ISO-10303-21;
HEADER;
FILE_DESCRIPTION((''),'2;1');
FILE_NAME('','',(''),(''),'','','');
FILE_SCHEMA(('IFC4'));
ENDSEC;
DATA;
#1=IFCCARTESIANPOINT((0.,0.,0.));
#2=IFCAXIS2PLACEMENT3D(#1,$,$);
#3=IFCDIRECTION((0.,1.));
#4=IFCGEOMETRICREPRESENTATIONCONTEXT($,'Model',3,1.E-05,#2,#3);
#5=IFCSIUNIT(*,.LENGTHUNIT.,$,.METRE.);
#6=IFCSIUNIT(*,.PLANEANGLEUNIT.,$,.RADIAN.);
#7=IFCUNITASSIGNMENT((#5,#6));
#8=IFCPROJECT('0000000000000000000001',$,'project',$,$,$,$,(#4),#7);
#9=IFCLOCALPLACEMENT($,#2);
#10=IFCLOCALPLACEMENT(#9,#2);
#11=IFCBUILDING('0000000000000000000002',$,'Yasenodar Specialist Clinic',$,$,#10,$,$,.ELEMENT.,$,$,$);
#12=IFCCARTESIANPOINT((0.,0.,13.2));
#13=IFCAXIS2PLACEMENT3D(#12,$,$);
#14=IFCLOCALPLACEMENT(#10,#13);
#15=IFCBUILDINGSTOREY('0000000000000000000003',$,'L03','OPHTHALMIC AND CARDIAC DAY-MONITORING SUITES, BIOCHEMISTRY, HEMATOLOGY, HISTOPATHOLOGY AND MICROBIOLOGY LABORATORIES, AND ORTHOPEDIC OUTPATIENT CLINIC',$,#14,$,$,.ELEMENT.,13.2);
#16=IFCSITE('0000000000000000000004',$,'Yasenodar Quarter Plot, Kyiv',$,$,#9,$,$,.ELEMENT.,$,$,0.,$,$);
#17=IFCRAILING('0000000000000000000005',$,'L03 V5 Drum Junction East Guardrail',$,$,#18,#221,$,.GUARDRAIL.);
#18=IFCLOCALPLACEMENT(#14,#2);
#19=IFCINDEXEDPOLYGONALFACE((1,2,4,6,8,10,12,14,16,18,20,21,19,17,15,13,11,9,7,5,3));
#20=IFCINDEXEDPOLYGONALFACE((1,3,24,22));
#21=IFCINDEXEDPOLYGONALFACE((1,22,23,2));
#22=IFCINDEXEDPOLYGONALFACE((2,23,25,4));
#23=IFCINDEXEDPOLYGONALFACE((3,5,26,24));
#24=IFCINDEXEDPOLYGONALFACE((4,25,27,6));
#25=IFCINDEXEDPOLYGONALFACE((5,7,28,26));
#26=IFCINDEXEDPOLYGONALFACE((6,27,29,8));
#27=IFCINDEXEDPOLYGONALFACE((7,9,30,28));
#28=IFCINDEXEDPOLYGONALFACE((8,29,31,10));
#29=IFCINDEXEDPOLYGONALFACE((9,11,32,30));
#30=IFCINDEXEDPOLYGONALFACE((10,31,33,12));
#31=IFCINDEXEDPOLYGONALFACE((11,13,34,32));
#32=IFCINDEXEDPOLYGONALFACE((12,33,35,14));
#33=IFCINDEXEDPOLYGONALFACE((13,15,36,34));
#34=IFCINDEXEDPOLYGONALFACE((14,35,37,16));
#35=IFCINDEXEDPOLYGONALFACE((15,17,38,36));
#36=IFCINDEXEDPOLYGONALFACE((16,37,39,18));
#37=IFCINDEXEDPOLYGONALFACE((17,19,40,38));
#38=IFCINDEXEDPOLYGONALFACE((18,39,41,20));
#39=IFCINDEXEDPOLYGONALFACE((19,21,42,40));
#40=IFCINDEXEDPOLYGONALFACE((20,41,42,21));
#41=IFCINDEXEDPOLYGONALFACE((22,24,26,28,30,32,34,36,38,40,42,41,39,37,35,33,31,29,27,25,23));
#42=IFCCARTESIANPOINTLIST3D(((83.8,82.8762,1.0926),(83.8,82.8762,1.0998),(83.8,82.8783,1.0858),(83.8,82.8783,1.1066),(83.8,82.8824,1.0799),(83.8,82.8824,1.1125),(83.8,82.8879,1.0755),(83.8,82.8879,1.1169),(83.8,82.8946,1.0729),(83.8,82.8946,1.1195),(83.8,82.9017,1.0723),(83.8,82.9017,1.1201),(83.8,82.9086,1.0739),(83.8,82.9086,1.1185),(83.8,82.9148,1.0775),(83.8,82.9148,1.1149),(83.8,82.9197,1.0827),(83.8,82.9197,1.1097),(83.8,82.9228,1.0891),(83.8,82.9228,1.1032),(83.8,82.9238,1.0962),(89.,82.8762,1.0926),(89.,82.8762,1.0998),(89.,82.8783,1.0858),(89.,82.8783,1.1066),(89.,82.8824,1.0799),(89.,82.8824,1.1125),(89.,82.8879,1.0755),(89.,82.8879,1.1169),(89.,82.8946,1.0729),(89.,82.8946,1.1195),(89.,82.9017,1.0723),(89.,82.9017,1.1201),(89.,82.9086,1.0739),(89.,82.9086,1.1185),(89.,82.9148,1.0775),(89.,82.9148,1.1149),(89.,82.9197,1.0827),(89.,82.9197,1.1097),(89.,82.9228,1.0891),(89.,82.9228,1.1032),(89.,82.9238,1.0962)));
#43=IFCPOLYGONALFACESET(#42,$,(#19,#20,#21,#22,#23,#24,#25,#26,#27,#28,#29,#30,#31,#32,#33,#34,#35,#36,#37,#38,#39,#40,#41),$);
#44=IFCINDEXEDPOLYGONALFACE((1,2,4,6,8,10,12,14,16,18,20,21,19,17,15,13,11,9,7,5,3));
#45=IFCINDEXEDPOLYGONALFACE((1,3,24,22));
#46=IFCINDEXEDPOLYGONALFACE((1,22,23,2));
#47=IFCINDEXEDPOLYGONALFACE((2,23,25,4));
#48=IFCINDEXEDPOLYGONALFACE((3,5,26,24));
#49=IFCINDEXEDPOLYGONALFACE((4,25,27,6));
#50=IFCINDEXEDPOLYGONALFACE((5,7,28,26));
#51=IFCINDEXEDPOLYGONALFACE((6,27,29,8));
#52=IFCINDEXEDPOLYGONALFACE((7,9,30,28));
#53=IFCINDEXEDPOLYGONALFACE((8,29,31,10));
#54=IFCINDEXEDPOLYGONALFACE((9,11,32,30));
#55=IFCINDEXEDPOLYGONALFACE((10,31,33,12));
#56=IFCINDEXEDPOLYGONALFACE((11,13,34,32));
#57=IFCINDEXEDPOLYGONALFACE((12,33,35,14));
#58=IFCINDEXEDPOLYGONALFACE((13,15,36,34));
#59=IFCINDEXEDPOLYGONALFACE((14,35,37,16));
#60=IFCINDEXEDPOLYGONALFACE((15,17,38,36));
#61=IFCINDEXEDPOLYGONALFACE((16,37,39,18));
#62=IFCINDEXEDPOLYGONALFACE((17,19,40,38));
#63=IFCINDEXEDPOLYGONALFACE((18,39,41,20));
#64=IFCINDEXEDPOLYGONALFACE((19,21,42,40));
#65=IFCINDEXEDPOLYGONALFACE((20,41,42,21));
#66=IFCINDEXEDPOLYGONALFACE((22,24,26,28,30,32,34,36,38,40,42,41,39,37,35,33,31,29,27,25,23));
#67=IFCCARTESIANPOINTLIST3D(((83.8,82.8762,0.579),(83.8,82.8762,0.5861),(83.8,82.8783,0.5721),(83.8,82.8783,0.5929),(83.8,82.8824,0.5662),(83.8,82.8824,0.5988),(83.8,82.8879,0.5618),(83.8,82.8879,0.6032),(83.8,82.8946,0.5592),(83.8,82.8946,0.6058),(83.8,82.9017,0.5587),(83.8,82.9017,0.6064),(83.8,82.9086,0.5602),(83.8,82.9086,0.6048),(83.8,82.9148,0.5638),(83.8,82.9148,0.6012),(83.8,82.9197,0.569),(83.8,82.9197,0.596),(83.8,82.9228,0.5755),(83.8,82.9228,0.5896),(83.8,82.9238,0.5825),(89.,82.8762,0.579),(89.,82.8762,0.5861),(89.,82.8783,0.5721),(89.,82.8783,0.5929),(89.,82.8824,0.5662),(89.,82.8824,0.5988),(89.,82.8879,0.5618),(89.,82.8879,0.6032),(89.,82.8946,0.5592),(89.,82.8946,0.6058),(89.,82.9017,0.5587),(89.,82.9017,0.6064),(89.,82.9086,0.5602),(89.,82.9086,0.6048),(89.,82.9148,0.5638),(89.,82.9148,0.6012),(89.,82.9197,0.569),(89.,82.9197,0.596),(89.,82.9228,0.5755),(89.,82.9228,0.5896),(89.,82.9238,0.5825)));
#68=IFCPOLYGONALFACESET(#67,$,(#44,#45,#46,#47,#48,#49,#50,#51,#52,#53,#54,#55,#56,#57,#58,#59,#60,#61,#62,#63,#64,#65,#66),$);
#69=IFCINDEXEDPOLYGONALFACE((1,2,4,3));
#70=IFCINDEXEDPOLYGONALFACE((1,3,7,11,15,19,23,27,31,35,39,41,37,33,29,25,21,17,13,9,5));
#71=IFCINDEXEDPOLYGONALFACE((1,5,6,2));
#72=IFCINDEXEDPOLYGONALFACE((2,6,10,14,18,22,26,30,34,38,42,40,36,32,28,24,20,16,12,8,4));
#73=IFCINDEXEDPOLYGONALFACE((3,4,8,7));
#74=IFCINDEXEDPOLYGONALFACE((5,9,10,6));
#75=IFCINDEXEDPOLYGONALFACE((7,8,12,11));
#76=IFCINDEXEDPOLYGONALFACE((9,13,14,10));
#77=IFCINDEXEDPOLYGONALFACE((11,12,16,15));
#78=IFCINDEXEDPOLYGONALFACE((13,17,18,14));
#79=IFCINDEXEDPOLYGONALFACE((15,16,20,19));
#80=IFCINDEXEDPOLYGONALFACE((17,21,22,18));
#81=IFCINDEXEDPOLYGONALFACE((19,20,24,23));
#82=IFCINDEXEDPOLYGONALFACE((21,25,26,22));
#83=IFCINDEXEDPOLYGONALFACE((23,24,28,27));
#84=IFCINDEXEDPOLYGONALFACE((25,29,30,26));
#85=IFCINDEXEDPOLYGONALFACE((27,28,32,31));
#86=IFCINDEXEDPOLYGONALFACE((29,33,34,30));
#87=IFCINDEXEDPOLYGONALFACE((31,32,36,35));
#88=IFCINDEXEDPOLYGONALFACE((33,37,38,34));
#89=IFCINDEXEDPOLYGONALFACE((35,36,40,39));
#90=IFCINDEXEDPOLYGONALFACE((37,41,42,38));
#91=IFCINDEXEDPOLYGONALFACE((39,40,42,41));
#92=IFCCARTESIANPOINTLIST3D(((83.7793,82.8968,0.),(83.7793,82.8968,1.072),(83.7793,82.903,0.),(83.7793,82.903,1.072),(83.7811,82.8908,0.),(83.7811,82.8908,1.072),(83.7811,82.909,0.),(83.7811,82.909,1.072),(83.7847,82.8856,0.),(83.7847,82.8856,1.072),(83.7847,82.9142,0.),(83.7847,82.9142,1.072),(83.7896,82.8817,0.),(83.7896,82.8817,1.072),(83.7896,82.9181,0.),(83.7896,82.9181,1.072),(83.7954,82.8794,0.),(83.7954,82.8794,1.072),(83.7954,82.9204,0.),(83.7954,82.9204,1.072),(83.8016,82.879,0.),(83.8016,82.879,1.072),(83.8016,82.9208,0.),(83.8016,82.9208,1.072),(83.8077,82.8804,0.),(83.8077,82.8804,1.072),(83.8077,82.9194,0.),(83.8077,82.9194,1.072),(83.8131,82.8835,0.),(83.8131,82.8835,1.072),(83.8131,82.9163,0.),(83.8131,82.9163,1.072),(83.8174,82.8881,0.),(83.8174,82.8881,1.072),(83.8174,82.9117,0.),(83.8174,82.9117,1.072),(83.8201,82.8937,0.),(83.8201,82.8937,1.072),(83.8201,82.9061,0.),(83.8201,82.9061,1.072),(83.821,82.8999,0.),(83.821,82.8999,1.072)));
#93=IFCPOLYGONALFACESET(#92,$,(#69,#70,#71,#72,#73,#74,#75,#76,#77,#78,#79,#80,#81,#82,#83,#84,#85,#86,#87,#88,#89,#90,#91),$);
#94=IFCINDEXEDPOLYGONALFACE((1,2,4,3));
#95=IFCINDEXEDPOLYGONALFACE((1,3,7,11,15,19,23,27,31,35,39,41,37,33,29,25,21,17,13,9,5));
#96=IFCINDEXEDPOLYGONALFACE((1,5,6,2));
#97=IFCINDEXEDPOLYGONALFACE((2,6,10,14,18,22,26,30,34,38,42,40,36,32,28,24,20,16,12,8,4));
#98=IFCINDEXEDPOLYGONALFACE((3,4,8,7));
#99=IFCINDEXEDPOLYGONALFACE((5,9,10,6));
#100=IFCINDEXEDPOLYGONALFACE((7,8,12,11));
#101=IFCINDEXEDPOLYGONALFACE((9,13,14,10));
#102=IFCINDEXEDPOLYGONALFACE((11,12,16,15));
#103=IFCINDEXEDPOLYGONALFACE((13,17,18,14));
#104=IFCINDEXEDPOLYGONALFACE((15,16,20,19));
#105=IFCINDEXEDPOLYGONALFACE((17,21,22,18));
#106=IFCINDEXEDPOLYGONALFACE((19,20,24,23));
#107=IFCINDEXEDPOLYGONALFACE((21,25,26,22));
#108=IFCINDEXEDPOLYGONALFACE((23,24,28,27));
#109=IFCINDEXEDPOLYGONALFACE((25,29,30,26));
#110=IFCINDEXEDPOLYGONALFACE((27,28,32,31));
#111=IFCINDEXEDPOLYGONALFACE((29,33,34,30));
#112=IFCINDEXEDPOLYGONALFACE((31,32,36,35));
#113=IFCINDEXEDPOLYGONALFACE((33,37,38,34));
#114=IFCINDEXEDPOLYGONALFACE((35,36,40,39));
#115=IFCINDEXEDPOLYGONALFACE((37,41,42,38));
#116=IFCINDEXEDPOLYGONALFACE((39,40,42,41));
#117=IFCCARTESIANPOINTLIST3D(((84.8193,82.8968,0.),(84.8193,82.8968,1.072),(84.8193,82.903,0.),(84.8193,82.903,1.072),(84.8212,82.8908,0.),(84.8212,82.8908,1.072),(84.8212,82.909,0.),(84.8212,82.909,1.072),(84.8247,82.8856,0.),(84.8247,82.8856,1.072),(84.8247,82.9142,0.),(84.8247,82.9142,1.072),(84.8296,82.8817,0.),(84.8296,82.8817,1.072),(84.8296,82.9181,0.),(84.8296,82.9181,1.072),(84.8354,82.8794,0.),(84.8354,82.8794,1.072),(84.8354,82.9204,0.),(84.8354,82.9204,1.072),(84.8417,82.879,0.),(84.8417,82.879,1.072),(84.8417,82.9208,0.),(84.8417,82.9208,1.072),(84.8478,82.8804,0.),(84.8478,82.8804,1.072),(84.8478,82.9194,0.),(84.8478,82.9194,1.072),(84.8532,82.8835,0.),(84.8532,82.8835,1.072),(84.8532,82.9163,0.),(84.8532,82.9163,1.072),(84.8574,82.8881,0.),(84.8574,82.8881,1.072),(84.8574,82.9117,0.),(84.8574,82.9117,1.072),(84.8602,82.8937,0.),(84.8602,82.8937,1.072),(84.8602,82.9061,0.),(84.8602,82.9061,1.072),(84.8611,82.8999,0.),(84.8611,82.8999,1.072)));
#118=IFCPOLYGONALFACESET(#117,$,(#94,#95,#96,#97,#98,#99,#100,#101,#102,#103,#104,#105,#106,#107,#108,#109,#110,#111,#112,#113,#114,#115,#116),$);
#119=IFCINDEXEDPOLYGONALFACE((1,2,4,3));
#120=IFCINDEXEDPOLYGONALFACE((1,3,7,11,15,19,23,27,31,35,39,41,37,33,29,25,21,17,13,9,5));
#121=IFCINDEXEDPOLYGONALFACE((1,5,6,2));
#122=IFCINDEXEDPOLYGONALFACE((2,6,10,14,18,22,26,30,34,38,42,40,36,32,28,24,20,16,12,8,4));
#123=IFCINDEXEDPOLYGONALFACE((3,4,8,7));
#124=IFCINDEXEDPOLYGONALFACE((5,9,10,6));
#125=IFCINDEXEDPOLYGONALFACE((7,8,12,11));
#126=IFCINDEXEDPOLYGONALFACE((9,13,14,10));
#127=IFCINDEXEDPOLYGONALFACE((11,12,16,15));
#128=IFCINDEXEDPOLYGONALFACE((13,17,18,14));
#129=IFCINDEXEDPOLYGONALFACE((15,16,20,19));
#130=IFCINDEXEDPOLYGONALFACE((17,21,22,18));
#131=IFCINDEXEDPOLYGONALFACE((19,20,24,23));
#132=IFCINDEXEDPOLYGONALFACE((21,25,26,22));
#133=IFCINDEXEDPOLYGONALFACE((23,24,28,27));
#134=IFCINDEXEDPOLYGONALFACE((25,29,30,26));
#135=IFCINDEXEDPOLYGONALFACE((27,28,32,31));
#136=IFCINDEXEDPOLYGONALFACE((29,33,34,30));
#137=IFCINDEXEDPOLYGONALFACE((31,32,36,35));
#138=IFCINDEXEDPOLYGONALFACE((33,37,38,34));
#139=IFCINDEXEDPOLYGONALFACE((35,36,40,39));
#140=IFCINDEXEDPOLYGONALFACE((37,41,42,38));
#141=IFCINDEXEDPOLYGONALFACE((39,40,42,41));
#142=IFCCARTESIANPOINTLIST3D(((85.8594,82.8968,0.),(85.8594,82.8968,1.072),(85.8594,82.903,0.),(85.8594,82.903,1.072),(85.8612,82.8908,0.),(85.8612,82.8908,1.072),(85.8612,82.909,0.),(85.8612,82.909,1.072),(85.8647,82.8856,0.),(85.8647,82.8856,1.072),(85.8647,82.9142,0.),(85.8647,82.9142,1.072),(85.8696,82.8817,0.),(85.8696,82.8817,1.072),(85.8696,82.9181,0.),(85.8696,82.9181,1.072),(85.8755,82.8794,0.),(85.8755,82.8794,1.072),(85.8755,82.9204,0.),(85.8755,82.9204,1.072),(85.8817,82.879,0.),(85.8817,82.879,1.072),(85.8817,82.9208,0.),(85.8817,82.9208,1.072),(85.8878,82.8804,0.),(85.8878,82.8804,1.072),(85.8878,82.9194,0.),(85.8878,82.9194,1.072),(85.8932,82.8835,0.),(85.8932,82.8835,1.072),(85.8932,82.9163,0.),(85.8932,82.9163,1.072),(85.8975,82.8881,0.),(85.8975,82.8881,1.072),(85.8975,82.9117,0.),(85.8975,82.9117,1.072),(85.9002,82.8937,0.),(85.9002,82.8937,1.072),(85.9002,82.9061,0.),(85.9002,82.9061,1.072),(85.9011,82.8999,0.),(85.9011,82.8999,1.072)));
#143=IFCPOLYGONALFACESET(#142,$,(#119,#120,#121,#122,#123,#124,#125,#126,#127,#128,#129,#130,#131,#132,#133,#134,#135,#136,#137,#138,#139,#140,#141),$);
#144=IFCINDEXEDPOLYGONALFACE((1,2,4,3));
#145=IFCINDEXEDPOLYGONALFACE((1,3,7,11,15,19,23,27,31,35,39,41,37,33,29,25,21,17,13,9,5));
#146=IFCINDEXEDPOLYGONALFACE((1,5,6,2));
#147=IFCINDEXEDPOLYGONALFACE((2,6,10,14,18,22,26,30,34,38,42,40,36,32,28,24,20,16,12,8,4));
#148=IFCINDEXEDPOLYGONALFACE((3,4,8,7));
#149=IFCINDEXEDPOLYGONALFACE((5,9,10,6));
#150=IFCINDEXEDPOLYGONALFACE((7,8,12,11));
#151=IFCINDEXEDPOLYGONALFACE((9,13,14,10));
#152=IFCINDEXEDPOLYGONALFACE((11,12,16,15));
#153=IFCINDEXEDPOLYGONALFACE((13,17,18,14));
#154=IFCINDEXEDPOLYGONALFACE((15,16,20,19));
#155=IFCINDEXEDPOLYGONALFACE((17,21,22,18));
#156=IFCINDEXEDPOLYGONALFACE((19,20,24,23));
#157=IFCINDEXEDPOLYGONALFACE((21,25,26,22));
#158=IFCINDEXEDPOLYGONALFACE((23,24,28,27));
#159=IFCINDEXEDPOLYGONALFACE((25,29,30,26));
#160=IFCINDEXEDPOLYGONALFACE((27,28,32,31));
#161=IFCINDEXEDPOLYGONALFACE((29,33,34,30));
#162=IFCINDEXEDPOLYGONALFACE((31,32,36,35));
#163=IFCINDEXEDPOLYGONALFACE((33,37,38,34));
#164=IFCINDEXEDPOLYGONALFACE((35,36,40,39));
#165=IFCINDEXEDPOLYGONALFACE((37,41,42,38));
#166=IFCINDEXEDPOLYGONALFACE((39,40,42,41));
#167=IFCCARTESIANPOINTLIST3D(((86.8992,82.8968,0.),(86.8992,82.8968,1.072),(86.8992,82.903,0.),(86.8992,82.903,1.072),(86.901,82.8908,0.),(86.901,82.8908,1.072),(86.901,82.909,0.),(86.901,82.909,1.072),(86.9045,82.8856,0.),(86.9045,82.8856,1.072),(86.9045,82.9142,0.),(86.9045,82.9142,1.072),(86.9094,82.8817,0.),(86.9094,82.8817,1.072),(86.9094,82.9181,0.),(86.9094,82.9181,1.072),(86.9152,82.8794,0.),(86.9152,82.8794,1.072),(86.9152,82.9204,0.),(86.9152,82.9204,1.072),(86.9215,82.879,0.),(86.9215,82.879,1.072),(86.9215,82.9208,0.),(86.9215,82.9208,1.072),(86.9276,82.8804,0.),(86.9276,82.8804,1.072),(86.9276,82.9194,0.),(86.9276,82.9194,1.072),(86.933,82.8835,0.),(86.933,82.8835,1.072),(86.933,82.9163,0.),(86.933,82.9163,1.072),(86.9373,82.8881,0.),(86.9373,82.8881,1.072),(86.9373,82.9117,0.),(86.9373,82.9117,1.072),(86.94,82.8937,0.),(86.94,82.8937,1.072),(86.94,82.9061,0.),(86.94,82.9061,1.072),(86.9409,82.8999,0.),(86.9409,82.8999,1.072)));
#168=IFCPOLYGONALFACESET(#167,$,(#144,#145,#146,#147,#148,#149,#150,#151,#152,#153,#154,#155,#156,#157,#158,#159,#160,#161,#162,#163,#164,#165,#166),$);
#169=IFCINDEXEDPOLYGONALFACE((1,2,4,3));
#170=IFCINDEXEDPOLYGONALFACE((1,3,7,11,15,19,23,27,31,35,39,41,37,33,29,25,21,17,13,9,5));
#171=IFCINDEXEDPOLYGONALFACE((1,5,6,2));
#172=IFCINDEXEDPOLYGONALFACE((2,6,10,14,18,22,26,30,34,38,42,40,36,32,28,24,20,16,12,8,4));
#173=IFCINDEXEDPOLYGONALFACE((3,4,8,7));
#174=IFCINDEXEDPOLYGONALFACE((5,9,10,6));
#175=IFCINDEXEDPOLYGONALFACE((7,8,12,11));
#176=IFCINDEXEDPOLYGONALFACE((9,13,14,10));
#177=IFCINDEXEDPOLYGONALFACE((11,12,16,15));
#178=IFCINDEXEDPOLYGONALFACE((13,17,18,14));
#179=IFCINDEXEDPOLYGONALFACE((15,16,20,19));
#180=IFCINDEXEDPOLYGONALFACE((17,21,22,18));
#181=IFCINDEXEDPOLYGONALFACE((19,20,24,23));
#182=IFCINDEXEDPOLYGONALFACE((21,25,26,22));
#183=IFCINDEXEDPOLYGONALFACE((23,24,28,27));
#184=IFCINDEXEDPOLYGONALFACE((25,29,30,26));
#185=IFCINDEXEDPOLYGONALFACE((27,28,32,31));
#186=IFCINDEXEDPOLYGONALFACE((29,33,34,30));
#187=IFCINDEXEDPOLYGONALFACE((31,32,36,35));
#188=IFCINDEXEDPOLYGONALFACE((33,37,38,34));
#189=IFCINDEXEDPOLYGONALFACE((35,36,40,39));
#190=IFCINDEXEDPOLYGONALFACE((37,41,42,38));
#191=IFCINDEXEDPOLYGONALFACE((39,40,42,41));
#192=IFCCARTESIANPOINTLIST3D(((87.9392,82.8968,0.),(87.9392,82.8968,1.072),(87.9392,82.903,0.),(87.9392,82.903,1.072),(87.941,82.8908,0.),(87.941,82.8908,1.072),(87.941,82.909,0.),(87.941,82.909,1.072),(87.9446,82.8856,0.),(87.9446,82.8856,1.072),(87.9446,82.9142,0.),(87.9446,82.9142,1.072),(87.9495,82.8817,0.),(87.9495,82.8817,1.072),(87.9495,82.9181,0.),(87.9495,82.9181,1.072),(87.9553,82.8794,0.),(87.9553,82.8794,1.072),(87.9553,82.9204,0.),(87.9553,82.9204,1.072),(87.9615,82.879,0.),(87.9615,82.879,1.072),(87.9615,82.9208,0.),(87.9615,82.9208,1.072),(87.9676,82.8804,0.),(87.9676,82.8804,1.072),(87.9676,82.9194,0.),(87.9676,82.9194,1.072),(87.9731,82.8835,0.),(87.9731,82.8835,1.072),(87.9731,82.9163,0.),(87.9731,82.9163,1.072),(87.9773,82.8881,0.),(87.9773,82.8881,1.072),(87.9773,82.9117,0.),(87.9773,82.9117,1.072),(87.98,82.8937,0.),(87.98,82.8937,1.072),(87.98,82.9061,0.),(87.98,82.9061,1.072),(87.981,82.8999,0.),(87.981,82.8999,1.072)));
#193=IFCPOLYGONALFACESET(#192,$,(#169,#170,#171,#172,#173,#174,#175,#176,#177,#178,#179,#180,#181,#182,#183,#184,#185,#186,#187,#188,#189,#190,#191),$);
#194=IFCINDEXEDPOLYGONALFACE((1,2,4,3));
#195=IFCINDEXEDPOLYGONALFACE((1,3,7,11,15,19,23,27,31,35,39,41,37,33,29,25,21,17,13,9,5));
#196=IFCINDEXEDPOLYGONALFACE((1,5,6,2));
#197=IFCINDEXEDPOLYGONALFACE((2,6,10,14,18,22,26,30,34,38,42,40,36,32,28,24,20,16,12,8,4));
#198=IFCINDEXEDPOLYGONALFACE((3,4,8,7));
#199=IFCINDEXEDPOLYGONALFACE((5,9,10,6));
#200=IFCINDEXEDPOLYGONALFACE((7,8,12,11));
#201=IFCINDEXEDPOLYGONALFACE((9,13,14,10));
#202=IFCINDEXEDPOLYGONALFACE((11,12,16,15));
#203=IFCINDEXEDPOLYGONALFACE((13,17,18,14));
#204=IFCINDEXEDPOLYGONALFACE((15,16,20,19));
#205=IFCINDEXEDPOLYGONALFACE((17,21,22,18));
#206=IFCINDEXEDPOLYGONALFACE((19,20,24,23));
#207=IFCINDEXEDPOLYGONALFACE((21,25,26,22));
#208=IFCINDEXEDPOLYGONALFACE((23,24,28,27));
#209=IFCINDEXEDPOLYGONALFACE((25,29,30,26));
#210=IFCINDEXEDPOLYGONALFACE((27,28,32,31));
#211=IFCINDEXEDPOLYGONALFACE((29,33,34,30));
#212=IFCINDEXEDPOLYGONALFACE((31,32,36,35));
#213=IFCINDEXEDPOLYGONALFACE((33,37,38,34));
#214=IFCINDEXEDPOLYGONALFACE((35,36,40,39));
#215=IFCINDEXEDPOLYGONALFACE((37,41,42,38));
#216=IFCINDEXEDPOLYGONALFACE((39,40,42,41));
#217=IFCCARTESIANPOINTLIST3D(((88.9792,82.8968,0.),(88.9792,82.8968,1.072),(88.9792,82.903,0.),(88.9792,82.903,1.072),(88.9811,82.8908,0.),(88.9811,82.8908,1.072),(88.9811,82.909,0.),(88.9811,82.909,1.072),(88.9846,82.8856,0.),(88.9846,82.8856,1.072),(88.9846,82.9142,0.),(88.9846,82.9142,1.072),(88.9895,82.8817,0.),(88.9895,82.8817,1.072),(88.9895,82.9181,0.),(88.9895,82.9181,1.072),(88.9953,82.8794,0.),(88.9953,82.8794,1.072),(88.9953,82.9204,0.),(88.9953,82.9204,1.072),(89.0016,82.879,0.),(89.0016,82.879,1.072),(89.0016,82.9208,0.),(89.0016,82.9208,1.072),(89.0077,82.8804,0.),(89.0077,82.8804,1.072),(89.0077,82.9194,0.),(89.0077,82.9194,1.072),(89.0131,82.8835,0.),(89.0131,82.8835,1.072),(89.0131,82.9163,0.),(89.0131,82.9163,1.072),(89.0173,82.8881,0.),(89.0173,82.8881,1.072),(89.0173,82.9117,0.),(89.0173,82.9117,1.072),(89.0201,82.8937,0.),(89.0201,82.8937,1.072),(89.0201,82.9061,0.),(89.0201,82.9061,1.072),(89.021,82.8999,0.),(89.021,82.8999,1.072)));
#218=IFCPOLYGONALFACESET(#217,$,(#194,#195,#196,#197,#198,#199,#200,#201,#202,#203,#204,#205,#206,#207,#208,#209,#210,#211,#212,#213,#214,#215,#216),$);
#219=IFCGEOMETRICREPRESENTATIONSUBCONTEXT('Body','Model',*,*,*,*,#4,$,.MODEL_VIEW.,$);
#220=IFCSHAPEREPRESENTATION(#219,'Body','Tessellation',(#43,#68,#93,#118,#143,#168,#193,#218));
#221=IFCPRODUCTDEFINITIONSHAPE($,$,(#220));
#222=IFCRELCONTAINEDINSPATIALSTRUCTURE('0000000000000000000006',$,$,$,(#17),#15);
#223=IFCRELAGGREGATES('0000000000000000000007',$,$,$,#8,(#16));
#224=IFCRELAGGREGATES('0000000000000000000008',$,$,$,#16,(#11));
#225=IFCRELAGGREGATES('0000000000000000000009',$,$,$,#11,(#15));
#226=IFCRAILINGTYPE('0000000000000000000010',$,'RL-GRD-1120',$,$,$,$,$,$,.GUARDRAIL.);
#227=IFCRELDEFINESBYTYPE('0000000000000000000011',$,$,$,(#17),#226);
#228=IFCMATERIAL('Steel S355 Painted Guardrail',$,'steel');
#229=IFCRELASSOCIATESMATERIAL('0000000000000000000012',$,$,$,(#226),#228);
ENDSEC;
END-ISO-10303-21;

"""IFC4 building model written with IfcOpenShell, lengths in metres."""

from ifc_helpers import new_model, si_unit, direction, frame, origin, origin_2d, place, context, subcontext, project, spatial, circle, extrude, material, type_object, element, save


model = new_model("IFC4")

# Units and contexts
model_context = context("Model", 3, precision=1e-05, world=origin(), true_north=direction((0.0, 1.0)))
body_context = subcontext(model_context, "Body", "Model", "MODEL_VIEW")
ifc_project = project(units=[si_unit("LENGTHUNIT", "METRE"), si_unit("PLANEANGLEUNIT", "RADIAN")], contexts=[model_context])

# Site, building, storey
site_placement = place(None, origin())
site = spatial("IfcSite", under=ifc_project, at=site_placement, Name="Yasenodar Quarter Plot, Kyiv", CompositionType="ELEMENT", RefElevation=0.0)
building_placement = place(site_placement, origin())
building = spatial("IfcBuilding", under=site, at=building_placement, Name="Yasenodar Specialist Clinic", CompositionType="ELEMENT")
storey_placement = place(building_placement, frame((0.0, 0.0, 13.2)))
storey = spatial("IfcBuildingStorey", under=building, at=storey_placement, Name="L03", Description="OPHTHALMIC AND CARDIAC DAY-MONITORING SUITES, BIOCHEMISTRY, HEMATOLOGY, HISTOPATHOLOGY AND MICROBIOLOGY LABORATORIES, AND ORTHOPEDIC OUTPATIENT CLINIC", CompositionType="ELEMENT", Elevation=13.2)

# Railing
ifc_material_1 = material(Name="Steel S355 Painted Guardrail", Category="steel")
railing_type = type_object("IfcRailingType", Name="RL-GRD-1120", PredefinedType="GUARDRAIL", material=ifc_material_1)
railing_1_placement = place(storey_placement, frame((83.8, 82.8999, 0.0)))
element("IfcRailing", 1, at=railing_1_placement, inside=storey, type_object=railing_type, Name="L03 V5 Drum Junction East Guardrail", PredefinedType="GUARDRAIL", context=body_context, shape_type="SweptSolid", body=[
    extrude(circle(Radius=0.0239, at=origin_2d()), frame((0.0, 0.0, 1.0962), z_axis=(1.0, 0.0, 0.0), x_axis=(0.0, 1.0, 0.0)), (0.0, 0.0, 1.0), 5.2),
    extrude(circle(Radius=0.0239, at=origin_2d()), frame((0.0, 0.0, 0.5825), z_axis=(1.0, 0.0, 0.0), x_axis=(0.0, 1.0, 0.0)), (0.0, 0.0, 1.0), 5.2),
    extrude(circle(Radius=0.021, at=origin_2d()), origin(), (0.0, 0.0, 1.0), 1.072),
    extrude(circle(Radius=0.021, at=origin_2d()), frame((1.04, 0.0, 0.0)), (0.0, 0.0, 1.0), 1.072),
    extrude(circle(Radius=0.021, at=origin_2d()), frame((2.0801, 0.0, 0.0)), (0.0, 0.0, 1.0), 1.072),
    extrude(circle(Radius=0.021, at=origin_2d()), frame((3.1199, 0.0, 0.0)), (0.0, 0.0, 1.0), 1.072),
    extrude(circle(Radius=0.021, at=origin_2d()), frame((4.1599, 0.0, 0.0)), (0.0, 0.0, 1.0), 1.072),
    extrude(circle(Radius=0.021, at=origin_2d()), frame((5.2, 0.0, 0.0)), (0.0, 0.0, 1.0), 1.072),
])

save(model, "model.ifc")
